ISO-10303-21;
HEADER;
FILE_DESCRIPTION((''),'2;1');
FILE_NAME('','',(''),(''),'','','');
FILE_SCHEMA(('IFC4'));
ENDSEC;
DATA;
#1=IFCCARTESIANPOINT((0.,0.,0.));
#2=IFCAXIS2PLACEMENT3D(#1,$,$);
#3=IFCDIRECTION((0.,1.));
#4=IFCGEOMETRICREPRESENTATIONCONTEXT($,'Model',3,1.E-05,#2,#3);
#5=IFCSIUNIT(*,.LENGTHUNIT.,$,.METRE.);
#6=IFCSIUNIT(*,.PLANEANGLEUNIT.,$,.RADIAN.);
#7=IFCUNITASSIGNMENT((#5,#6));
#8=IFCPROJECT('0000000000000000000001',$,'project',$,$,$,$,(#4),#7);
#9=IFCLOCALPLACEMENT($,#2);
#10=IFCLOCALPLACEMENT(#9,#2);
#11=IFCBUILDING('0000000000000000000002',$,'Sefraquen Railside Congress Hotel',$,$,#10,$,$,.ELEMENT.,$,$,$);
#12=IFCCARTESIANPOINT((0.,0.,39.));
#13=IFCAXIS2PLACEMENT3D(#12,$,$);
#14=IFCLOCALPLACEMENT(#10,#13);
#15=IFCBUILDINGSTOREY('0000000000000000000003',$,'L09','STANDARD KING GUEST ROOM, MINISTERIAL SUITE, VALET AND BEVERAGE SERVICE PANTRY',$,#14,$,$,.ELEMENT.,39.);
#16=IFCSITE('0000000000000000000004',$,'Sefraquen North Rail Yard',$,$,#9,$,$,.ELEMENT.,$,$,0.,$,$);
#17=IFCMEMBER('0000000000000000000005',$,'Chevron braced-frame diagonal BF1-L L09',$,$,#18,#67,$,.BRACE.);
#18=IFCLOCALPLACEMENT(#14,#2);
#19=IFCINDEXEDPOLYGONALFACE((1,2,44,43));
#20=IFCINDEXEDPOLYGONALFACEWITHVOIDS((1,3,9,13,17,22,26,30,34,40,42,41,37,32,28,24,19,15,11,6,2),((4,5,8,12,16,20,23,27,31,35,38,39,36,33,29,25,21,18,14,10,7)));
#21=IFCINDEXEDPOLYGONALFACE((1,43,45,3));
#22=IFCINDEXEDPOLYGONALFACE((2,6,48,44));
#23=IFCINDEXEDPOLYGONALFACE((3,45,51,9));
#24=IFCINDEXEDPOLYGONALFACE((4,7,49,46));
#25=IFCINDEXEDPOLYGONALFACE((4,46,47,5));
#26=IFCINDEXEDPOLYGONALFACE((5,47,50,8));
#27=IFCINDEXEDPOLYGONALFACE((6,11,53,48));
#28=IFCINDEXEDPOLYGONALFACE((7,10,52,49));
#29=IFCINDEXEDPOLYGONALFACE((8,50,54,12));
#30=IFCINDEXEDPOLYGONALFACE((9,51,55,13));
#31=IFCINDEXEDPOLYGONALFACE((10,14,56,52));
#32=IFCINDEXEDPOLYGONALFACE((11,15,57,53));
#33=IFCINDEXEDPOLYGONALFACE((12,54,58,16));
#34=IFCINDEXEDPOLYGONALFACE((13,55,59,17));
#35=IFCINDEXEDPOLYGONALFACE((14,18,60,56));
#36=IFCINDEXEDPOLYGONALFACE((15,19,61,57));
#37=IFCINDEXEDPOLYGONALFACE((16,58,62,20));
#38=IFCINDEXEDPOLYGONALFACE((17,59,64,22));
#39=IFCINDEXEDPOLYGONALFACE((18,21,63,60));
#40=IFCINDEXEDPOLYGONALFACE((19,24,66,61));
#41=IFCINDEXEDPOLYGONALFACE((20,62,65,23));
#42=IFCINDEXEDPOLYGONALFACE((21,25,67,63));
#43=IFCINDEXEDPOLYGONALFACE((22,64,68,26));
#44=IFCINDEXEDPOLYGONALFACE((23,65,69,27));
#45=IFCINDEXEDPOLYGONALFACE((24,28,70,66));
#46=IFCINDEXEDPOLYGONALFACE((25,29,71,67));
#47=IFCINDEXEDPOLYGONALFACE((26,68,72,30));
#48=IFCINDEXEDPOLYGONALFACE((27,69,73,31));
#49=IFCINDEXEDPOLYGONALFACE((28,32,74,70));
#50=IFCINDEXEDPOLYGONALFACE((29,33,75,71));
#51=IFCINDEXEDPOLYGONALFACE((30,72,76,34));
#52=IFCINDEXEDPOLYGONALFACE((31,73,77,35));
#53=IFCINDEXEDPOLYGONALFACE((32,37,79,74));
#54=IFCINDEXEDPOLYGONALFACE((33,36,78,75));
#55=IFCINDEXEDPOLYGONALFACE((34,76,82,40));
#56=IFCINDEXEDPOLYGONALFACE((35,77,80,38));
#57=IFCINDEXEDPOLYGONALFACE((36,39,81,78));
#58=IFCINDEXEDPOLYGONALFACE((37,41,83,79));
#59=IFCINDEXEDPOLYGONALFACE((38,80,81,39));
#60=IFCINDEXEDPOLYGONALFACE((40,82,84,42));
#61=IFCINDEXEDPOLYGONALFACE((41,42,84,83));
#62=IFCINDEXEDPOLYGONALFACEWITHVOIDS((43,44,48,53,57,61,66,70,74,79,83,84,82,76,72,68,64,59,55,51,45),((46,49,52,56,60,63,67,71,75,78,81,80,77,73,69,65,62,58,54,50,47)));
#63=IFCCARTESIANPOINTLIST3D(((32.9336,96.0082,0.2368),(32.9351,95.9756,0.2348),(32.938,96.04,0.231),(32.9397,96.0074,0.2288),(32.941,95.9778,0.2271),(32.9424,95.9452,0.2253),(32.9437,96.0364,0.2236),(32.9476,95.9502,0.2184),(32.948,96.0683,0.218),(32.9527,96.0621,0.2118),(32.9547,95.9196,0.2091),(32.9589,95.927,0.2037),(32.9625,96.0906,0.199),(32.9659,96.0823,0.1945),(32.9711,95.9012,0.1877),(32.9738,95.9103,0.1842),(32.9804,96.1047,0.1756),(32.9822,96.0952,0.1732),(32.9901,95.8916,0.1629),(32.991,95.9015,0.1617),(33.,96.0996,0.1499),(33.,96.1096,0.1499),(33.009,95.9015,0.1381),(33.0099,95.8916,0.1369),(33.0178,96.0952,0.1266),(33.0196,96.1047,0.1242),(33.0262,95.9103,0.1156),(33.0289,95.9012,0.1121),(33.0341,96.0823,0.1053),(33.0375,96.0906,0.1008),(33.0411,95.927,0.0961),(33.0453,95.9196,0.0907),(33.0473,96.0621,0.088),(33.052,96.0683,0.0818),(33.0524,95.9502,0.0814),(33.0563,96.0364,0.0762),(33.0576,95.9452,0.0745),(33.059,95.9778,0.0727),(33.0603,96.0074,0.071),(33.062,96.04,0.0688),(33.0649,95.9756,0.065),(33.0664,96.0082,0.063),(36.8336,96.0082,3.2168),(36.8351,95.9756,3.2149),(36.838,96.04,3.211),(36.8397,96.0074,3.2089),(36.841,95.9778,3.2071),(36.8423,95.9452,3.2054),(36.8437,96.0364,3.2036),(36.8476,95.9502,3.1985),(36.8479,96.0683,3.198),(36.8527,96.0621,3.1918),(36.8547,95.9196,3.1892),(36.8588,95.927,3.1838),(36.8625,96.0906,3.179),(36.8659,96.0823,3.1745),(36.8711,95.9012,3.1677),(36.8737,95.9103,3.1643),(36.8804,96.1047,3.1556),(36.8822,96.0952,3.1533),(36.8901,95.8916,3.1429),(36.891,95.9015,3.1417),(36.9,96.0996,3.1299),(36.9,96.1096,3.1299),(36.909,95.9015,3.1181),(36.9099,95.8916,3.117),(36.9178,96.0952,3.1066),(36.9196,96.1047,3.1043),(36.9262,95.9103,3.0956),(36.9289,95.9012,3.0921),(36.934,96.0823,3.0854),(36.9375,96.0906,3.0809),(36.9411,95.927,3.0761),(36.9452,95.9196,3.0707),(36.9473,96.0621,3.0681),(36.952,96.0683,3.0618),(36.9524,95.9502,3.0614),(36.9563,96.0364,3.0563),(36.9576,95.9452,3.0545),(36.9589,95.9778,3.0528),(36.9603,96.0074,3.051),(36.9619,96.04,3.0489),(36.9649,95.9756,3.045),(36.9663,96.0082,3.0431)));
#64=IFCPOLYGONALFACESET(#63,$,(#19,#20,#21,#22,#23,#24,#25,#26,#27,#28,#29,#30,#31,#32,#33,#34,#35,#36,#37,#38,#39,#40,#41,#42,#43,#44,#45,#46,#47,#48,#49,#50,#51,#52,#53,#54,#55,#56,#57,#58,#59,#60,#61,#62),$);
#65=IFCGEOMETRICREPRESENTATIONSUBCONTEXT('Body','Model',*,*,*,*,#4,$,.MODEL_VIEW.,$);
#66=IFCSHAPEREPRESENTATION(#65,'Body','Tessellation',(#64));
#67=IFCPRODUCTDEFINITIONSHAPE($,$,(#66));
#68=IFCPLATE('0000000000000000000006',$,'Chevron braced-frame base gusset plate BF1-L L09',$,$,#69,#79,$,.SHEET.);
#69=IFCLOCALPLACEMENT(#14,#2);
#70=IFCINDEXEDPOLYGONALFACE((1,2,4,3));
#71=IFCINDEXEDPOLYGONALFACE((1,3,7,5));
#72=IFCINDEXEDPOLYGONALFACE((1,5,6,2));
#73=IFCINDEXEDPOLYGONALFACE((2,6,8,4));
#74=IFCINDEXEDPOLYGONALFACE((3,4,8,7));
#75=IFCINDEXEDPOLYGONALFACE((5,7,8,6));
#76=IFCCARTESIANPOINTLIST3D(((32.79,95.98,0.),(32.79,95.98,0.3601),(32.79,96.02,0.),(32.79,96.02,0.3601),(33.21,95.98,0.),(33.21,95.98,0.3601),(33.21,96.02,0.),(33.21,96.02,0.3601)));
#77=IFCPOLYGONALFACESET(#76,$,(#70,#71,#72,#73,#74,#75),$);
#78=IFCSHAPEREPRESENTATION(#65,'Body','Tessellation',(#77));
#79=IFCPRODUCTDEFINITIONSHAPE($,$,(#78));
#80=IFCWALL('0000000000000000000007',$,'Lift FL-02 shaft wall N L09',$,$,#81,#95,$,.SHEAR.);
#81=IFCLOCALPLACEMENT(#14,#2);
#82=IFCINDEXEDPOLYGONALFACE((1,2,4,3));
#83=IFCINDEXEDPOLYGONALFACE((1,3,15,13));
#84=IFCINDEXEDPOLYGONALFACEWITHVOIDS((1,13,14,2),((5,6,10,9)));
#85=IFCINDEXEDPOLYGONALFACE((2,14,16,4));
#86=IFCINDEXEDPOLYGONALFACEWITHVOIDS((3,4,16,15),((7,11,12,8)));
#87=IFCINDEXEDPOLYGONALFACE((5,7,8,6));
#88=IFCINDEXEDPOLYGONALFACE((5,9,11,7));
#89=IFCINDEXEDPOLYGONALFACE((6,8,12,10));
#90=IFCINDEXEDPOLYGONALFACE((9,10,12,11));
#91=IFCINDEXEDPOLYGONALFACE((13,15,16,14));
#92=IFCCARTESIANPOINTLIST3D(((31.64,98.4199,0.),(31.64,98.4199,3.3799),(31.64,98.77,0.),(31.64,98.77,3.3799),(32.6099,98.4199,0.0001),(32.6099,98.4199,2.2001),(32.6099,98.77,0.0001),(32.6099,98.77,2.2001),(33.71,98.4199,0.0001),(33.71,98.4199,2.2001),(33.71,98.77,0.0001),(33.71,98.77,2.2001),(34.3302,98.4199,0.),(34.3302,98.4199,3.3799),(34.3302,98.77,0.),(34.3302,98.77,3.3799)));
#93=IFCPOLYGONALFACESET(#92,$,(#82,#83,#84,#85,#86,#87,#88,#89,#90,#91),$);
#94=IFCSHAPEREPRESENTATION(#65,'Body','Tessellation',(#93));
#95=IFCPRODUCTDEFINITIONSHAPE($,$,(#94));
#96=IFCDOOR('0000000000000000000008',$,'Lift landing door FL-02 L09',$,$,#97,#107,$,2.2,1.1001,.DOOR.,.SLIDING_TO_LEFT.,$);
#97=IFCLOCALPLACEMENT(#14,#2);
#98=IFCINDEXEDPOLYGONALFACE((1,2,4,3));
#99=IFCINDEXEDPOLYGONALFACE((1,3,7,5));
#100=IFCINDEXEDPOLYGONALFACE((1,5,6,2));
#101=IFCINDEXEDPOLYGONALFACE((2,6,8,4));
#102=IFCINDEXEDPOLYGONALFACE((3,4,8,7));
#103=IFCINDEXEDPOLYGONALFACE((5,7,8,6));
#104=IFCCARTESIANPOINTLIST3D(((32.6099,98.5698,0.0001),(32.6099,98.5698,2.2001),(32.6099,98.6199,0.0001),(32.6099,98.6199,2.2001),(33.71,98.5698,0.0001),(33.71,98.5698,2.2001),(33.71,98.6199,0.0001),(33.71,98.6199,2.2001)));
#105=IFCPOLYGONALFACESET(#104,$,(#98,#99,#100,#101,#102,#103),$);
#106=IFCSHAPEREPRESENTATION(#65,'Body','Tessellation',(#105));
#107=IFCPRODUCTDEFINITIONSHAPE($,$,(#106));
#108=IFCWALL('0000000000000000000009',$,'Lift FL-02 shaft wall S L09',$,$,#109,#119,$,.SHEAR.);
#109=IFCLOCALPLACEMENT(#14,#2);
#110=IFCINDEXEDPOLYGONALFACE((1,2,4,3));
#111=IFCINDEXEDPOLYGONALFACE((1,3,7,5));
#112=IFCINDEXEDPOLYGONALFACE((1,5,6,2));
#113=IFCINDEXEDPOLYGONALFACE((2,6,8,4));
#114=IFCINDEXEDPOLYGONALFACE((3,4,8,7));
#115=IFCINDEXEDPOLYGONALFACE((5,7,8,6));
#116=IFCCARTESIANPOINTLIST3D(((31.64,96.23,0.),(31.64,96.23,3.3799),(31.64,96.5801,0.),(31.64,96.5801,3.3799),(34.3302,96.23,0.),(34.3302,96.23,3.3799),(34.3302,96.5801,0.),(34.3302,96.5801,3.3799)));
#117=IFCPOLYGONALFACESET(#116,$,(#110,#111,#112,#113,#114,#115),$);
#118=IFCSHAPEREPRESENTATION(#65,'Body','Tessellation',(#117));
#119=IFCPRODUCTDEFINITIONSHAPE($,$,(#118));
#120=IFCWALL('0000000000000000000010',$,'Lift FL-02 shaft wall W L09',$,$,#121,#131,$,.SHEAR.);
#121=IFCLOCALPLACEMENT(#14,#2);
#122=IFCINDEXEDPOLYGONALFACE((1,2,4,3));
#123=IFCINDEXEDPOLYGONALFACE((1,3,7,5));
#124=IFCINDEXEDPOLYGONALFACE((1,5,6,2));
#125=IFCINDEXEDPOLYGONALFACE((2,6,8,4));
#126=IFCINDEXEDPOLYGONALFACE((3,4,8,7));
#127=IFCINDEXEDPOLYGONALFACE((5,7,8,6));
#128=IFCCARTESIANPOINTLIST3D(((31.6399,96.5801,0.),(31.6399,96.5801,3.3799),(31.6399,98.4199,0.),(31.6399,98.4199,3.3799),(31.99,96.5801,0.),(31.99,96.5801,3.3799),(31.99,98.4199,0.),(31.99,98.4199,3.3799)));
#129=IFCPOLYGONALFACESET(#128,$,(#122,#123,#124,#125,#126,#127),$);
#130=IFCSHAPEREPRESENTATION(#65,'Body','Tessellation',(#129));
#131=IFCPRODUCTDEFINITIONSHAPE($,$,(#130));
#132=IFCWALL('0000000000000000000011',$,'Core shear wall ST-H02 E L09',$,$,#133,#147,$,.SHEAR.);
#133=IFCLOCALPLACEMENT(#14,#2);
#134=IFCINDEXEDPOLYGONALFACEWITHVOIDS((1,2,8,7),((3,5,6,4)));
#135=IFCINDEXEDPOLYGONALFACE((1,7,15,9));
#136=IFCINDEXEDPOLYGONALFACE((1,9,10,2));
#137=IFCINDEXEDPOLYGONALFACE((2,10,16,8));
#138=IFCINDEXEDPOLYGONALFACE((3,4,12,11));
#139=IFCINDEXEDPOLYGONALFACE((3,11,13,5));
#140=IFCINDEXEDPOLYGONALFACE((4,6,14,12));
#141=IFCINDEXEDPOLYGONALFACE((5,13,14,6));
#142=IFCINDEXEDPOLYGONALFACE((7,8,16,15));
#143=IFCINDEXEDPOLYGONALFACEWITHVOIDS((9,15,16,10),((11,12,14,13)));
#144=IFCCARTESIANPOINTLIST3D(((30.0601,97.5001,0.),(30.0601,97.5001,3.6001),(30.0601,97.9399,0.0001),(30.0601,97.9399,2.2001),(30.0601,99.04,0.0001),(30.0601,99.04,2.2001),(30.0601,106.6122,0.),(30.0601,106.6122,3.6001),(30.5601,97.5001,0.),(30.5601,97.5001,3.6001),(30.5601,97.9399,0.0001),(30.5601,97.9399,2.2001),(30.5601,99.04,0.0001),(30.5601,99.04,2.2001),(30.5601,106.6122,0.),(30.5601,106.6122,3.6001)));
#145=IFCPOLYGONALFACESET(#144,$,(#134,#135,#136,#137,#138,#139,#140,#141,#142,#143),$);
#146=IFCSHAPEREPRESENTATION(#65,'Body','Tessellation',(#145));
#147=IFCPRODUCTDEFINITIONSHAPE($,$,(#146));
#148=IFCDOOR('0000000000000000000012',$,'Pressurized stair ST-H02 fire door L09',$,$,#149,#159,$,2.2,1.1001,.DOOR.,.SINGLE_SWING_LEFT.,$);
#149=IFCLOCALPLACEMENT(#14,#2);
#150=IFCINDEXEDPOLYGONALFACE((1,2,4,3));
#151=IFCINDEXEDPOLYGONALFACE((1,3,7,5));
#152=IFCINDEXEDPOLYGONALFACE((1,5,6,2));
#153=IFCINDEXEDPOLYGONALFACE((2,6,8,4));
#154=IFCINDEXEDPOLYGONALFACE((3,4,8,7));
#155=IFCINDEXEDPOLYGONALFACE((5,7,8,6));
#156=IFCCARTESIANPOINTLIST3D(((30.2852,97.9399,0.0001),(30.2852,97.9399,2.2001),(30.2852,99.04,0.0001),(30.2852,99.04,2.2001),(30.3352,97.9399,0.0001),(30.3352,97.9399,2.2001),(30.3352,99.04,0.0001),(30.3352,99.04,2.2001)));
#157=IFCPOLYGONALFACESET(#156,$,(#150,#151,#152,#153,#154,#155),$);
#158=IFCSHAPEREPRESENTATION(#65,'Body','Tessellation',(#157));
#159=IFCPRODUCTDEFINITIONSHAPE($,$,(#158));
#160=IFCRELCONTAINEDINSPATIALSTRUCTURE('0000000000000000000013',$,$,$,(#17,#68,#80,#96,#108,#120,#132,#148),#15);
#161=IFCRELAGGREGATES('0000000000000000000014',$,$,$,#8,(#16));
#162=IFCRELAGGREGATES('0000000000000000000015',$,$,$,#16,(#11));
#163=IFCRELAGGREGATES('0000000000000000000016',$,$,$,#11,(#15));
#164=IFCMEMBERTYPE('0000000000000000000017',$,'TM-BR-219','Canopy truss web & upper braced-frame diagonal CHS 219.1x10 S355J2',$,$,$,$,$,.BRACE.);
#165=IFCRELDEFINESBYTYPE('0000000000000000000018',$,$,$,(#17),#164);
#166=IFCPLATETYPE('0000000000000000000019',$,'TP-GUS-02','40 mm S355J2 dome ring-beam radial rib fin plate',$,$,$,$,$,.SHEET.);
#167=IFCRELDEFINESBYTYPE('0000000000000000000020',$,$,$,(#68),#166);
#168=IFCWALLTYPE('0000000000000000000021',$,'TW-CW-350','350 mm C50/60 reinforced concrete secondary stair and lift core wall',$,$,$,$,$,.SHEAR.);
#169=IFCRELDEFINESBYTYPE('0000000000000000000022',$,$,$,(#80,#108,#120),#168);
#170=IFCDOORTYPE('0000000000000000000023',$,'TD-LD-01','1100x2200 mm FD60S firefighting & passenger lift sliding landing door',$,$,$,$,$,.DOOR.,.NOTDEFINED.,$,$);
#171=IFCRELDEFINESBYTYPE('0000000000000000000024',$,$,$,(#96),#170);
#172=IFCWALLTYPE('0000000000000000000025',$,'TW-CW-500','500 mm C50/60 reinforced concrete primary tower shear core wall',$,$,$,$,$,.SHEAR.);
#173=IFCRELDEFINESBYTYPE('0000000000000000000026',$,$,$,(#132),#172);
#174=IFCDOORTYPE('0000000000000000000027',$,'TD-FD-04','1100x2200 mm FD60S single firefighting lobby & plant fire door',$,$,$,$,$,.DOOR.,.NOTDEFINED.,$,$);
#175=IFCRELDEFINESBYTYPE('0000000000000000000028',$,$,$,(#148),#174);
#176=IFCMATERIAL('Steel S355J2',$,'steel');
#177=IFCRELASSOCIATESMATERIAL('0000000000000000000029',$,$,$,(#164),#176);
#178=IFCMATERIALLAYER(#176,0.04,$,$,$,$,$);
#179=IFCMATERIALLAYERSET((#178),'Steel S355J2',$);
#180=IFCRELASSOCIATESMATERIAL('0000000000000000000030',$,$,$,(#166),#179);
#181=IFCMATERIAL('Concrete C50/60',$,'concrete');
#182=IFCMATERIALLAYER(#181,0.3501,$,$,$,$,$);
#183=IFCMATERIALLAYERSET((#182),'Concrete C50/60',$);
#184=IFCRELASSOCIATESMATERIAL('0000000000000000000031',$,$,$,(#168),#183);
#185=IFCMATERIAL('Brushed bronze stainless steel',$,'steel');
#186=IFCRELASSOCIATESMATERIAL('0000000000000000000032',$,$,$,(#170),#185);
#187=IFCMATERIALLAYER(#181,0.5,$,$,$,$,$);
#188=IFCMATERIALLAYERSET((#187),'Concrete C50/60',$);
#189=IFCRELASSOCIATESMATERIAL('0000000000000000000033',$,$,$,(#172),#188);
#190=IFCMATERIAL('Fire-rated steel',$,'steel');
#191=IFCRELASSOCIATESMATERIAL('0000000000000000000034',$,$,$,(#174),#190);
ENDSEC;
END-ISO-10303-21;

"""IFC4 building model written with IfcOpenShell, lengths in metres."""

from ifc_helpers import new_model, si_unit, direction, frame, frame_2d, origin, origin_2d, place, context, subcontext, project, spatial, rectangle, hollow_circle, extrude, material, layer, layer_set, material_profile, profile_set, type_object, element, fill, save


model = new_model("IFC4")

# Units and contexts
model_context = context("Model", 3, precision=1e-05, world=origin(), true_north=direction((0.0, 1.0)))
body_context = subcontext(model_context, "Body", "Model", "MODEL_VIEW")
ifc_project = project(units=[si_unit("LENGTHUNIT", "METRE"), si_unit("PLANEANGLEUNIT", "RADIAN")], contexts=[model_context])

# Site, building, storey
site_placement = place(None, origin())
site = spatial("IfcSite", under=ifc_project, at=site_placement, Name="Sefraquen North Rail Yard", CompositionType="ELEMENT", RefElevation=0.0)
building_placement = place(site_placement, origin())
building = spatial("IfcBuilding", under=site, at=building_placement, Name="Sefraquen Railside Congress Hotel", CompositionType="ELEMENT")
storey_placement = place(building_placement, frame((0.0, 0.0, 39.0)))
storey = spatial("IfcBuildingStorey", under=building, at=storey_placement, Name="L09", Description="STANDARD KING GUEST ROOM, MINISTERIAL SUITE, VALET AND BEVERAGE SERVICE PANTRY", CompositionType="ELEMENT", Elevation=39.0)

# Member
ifc_material_1 = material(Name="Steel S355J2", Category="steel")
ifc_material_profile_1 = material_profile(ifc_material_1, hollow_circle(Radius=0.1096, WallThickness=0.01, at=origin_2d()), Name="CHS 219.1x10")
ifc_profile_set_1 = profile_set([ifc_material_profile_1], Name="Steel S355J2")
member_type = type_object("IfcMemberType", Name="TM-BR-219", Description="Canopy truss web & upper braced-frame diagonal CHS 219.1x10 S355J2", PredefinedType="BRACE", material=ifc_profile_set_1)
member_placement = place(storey_placement, frame((33.0, 96.0, 0.1499), z_axis=(0.794584, 0.0, 0.607155), x_axis=(0.0, 1.0, 0.0)))
element("IfcMember", 1, at=member_placement, inside=storey, type_object=member_type, Name="Chevron braced-frame diagonal BF1-L L09", PredefinedType="BRACE", context=body_context, shape_type="SweptSolid", body=[
    extrude(hollow_circle(Radius=0.1096, WallThickness=0.01, at=origin_2d()), origin(), (0.0, 0.0, 1.0), 4.9082),
])

# Plate
ifc_layer_1 = layer(ifc_material_1, 0.04)
ifc_layer_set_1 = layer_set([ifc_layer_1], Name="Steel S355J2")
plate_type = type_object("IfcPlateType", Name="TP-GUS-02", Description="40 mm S355J2 dome ring-beam radial rib fin plate", PredefinedType="SHEET", material=ifc_layer_set_1)
plate_placement = place(storey_placement, frame((33.0, 96.0, 0.0), z_axis=(0.0, 0.0, 1.0), x_axis=(1.0, 0.0, 0.0)))
element("IfcPlate", 2, at=plate_placement, inside=storey, type_object=plate_type, Name="Chevron braced-frame base gusset plate BF1-L L09", PredefinedType="SHEET", context=body_context, shape_type="SweptSolid", body=[
    extrude(rectangle(XDim=0.4199, YDim=0.04, at=origin_2d()), origin(), (0.0, 0.0, 1.0), 0.3601),
])

# Wall, opening, door
ifc_material_2 = material(Name="Concrete C50/60", Category="concrete")
ifc_layer_2 = layer(ifc_material_2, 0.3501)
ifc_layer_set_2 = layer_set([ifc_layer_2], Name="Concrete C50/60")
wall_type_1 = type_object("IfcWallType", Name="TW-CW-350", Description="350 mm C50/60 reinforced concrete secondary stair and lift core wall", PredefinedType="SHEAR", material=ifc_layer_set_2)
wall_1_placement = place(storey_placement, frame((31.6399, 98.595, 0.0), z_axis=(0.0, 0.0, 1.0), x_axis=(1.0, 0.0, 0.0)))
wall_1 = element("IfcWall", 3, at=wall_1_placement, inside=storey, type_object=wall_type_1, Name="Lift FL-02 shaft wall N L09", PredefinedType="SHEAR", context=body_context, shape_type="SweptSolid", body=[
    extrude(rectangle(XDim=2.6902, YDim=0.3501, at=frame_2d((1.3452, 0.0))), origin(), (0.0, 0.0, 1.0), 3.3799),
])
opening_1_placement = place(wall_1_placement, frame((0.97, 0.0, 0.0)))
opening_1 = element("IfcOpeningElement", 4, at=opening_1_placement, cuts=wall_1, PredefinedType="OPENING", context=body_context, shape_type="SweptSolid", body=[
    extrude(rectangle(XDim=1.1001, YDim=2.2, at=frame_2d((0.55, 1.1001))), frame((0.0, 0.1851, 0.0), z_axis=(0.0, -1.0, 0.0), x_axis=(1.0, 0.0, 0.0)), (0.0, 0.0, 1.0), 0.3701),
])
ifc_material_3 = material(Name="Brushed bronze stainless steel", Category="steel")
door_type_1 = type_object("IfcDoorType", Name="TD-LD-01", Description="1100x2200 mm FD60S firefighting & passenger lift sliding landing door", OperationType="NOTDEFINED", PredefinedType="DOOR", material=ifc_material_3)
door_1_placement = place(opening_1_placement, origin())
door_1 = element("IfcDoor", 5, at=door_1_placement, inside=storey, type_object=door_type_1, Name="Lift landing door FL-02 L09", OperationType="SLIDING_TO_LEFT", OverallHeight=2.2, OverallWidth=1.1001, PredefinedType="DOOR", context=body_context, shape_type="SweptSolid", body=[
    extrude(rectangle(XDim=1.1001, YDim=2.2, at=frame_2d((0.55, 1.1001))), frame((0.0, 0.0249, 0.0), z_axis=(0.0, -1.0, 0.0), x_axis=(1.0, 0.0, 0.0)), (0.0, 0.0, 1.0), 0.05),
])
fill(opening_1, door_1)

# Walls
wall_2_placement = place(storey_placement, frame((31.6399, 96.405, 0.0), z_axis=(0.0, 0.0, 1.0), x_axis=(1.0, 0.0, 0.0)))
element("IfcWall", 6, at=wall_2_placement, inside=storey, type_object=wall_type_1, Name="Lift FL-02 shaft wall S L09", PredefinedType="SHEAR", context=body_context, shape_type="SweptSolid", body=[
    extrude(rectangle(XDim=2.6902, YDim=0.3501, at=frame_2d((1.3452, 0.0))), origin(), (0.0, 0.0, 1.0), 3.3799),
])
wall_3_placement = place(storey_placement, frame((31.8149, 96.5801, 0.0), z_axis=(0.0, 0.0, 1.0), x_axis=(0.0, 1.0, 0.0)))
element("IfcWall", 7, at=wall_3_placement, inside=storey, type_object=wall_type_1, Name="Lift FL-02 shaft wall W L09", PredefinedType="SHEAR", context=body_context, shape_type="SweptSolid", body=[
    extrude(rectangle(XDim=1.8398, YDim=0.3501, at=frame_2d((0.9199, 0.0))), origin(), (0.0, 0.0, 1.0), 3.3799),
])

# Wall, opening, door
ifc_layer_3 = layer(ifc_material_2, 0.5)
ifc_layer_set_3 = layer_set([ifc_layer_3], Name="Concrete C50/60")
wall_type_2 = type_object("IfcWallType", Name="TW-CW-500", Description="500 mm C50/60 reinforced concrete primary tower shear core wall", PredefinedType="SHEAR", material=ifc_layer_set_3)
wall_4_placement = place(storey_placement, frame((30.3101, 97.5, 0.0), z_axis=(0.0, 0.0, 1.0), x_axis=(0.0, 1.0, 0.0)))
wall_4 = element("IfcWall", 8, at=wall_4_placement, inside=storey, type_object=wall_type_2, Name="Core shear wall ST-H02 E L09", PredefinedType="SHEAR", context=body_context, shape_type="SweptSolid", body=[
    extrude(rectangle(XDim=9.1121, YDim=0.5, at=frame_2d((4.5562, 0.0))), origin(), (0.0, 0.0, 1.0), 3.6001),
])
opening_2_placement = place(wall_4_placement, frame((0.4399, 0.0, 0.0)))
opening_2 = element("IfcOpeningElement", 9, at=opening_2_placement, cuts=wall_4, PredefinedType="OPENING", context=body_context, shape_type="SweptSolid", body=[
    extrude(rectangle(XDim=1.1001, YDim=2.2, at=frame_2d((0.55, 1.1001))), frame((0.0, 0.26, 0.0), z_axis=(0.0, -1.0, 0.0), x_axis=(1.0, 0.0, 0.0)), (0.0, 0.0, 1.0), 0.52),
])
ifc_material_4 = material(Name="Fire-rated steel", Category="steel")
door_type_2 = type_object("IfcDoorType", Name="TD-FD-04", Description="1100x2200 mm FD60S single firefighting lobby & plant fire door", OperationType="NOTDEFINED", PredefinedType="DOOR", material=ifc_material_4)
door_2_placement = place(opening_2_placement, origin())
door_2 = element("IfcDoor", 10, at=door_2_placement, inside=storey, type_object=door_type_2, Name="Pressurized stair ST-H02 fire door L09", OperationType="SINGLE_SWING_LEFT", OverallHeight=2.2, OverallWidth=1.1001, PredefinedType="DOOR", context=body_context, shape_type="SweptSolid", body=[
    extrude(rectangle(XDim=1.1001, YDim=2.2, at=frame_2d((0.55, 1.1001))), frame((0.0, 0.0249, 0.0), z_axis=(0.0, -1.0, 0.0), x_axis=(1.0, 0.0, 0.0)), (0.0, 0.0, 1.0), 0.05),
])
fill(opening_2, door_2)

save(model, "model.ifc")
